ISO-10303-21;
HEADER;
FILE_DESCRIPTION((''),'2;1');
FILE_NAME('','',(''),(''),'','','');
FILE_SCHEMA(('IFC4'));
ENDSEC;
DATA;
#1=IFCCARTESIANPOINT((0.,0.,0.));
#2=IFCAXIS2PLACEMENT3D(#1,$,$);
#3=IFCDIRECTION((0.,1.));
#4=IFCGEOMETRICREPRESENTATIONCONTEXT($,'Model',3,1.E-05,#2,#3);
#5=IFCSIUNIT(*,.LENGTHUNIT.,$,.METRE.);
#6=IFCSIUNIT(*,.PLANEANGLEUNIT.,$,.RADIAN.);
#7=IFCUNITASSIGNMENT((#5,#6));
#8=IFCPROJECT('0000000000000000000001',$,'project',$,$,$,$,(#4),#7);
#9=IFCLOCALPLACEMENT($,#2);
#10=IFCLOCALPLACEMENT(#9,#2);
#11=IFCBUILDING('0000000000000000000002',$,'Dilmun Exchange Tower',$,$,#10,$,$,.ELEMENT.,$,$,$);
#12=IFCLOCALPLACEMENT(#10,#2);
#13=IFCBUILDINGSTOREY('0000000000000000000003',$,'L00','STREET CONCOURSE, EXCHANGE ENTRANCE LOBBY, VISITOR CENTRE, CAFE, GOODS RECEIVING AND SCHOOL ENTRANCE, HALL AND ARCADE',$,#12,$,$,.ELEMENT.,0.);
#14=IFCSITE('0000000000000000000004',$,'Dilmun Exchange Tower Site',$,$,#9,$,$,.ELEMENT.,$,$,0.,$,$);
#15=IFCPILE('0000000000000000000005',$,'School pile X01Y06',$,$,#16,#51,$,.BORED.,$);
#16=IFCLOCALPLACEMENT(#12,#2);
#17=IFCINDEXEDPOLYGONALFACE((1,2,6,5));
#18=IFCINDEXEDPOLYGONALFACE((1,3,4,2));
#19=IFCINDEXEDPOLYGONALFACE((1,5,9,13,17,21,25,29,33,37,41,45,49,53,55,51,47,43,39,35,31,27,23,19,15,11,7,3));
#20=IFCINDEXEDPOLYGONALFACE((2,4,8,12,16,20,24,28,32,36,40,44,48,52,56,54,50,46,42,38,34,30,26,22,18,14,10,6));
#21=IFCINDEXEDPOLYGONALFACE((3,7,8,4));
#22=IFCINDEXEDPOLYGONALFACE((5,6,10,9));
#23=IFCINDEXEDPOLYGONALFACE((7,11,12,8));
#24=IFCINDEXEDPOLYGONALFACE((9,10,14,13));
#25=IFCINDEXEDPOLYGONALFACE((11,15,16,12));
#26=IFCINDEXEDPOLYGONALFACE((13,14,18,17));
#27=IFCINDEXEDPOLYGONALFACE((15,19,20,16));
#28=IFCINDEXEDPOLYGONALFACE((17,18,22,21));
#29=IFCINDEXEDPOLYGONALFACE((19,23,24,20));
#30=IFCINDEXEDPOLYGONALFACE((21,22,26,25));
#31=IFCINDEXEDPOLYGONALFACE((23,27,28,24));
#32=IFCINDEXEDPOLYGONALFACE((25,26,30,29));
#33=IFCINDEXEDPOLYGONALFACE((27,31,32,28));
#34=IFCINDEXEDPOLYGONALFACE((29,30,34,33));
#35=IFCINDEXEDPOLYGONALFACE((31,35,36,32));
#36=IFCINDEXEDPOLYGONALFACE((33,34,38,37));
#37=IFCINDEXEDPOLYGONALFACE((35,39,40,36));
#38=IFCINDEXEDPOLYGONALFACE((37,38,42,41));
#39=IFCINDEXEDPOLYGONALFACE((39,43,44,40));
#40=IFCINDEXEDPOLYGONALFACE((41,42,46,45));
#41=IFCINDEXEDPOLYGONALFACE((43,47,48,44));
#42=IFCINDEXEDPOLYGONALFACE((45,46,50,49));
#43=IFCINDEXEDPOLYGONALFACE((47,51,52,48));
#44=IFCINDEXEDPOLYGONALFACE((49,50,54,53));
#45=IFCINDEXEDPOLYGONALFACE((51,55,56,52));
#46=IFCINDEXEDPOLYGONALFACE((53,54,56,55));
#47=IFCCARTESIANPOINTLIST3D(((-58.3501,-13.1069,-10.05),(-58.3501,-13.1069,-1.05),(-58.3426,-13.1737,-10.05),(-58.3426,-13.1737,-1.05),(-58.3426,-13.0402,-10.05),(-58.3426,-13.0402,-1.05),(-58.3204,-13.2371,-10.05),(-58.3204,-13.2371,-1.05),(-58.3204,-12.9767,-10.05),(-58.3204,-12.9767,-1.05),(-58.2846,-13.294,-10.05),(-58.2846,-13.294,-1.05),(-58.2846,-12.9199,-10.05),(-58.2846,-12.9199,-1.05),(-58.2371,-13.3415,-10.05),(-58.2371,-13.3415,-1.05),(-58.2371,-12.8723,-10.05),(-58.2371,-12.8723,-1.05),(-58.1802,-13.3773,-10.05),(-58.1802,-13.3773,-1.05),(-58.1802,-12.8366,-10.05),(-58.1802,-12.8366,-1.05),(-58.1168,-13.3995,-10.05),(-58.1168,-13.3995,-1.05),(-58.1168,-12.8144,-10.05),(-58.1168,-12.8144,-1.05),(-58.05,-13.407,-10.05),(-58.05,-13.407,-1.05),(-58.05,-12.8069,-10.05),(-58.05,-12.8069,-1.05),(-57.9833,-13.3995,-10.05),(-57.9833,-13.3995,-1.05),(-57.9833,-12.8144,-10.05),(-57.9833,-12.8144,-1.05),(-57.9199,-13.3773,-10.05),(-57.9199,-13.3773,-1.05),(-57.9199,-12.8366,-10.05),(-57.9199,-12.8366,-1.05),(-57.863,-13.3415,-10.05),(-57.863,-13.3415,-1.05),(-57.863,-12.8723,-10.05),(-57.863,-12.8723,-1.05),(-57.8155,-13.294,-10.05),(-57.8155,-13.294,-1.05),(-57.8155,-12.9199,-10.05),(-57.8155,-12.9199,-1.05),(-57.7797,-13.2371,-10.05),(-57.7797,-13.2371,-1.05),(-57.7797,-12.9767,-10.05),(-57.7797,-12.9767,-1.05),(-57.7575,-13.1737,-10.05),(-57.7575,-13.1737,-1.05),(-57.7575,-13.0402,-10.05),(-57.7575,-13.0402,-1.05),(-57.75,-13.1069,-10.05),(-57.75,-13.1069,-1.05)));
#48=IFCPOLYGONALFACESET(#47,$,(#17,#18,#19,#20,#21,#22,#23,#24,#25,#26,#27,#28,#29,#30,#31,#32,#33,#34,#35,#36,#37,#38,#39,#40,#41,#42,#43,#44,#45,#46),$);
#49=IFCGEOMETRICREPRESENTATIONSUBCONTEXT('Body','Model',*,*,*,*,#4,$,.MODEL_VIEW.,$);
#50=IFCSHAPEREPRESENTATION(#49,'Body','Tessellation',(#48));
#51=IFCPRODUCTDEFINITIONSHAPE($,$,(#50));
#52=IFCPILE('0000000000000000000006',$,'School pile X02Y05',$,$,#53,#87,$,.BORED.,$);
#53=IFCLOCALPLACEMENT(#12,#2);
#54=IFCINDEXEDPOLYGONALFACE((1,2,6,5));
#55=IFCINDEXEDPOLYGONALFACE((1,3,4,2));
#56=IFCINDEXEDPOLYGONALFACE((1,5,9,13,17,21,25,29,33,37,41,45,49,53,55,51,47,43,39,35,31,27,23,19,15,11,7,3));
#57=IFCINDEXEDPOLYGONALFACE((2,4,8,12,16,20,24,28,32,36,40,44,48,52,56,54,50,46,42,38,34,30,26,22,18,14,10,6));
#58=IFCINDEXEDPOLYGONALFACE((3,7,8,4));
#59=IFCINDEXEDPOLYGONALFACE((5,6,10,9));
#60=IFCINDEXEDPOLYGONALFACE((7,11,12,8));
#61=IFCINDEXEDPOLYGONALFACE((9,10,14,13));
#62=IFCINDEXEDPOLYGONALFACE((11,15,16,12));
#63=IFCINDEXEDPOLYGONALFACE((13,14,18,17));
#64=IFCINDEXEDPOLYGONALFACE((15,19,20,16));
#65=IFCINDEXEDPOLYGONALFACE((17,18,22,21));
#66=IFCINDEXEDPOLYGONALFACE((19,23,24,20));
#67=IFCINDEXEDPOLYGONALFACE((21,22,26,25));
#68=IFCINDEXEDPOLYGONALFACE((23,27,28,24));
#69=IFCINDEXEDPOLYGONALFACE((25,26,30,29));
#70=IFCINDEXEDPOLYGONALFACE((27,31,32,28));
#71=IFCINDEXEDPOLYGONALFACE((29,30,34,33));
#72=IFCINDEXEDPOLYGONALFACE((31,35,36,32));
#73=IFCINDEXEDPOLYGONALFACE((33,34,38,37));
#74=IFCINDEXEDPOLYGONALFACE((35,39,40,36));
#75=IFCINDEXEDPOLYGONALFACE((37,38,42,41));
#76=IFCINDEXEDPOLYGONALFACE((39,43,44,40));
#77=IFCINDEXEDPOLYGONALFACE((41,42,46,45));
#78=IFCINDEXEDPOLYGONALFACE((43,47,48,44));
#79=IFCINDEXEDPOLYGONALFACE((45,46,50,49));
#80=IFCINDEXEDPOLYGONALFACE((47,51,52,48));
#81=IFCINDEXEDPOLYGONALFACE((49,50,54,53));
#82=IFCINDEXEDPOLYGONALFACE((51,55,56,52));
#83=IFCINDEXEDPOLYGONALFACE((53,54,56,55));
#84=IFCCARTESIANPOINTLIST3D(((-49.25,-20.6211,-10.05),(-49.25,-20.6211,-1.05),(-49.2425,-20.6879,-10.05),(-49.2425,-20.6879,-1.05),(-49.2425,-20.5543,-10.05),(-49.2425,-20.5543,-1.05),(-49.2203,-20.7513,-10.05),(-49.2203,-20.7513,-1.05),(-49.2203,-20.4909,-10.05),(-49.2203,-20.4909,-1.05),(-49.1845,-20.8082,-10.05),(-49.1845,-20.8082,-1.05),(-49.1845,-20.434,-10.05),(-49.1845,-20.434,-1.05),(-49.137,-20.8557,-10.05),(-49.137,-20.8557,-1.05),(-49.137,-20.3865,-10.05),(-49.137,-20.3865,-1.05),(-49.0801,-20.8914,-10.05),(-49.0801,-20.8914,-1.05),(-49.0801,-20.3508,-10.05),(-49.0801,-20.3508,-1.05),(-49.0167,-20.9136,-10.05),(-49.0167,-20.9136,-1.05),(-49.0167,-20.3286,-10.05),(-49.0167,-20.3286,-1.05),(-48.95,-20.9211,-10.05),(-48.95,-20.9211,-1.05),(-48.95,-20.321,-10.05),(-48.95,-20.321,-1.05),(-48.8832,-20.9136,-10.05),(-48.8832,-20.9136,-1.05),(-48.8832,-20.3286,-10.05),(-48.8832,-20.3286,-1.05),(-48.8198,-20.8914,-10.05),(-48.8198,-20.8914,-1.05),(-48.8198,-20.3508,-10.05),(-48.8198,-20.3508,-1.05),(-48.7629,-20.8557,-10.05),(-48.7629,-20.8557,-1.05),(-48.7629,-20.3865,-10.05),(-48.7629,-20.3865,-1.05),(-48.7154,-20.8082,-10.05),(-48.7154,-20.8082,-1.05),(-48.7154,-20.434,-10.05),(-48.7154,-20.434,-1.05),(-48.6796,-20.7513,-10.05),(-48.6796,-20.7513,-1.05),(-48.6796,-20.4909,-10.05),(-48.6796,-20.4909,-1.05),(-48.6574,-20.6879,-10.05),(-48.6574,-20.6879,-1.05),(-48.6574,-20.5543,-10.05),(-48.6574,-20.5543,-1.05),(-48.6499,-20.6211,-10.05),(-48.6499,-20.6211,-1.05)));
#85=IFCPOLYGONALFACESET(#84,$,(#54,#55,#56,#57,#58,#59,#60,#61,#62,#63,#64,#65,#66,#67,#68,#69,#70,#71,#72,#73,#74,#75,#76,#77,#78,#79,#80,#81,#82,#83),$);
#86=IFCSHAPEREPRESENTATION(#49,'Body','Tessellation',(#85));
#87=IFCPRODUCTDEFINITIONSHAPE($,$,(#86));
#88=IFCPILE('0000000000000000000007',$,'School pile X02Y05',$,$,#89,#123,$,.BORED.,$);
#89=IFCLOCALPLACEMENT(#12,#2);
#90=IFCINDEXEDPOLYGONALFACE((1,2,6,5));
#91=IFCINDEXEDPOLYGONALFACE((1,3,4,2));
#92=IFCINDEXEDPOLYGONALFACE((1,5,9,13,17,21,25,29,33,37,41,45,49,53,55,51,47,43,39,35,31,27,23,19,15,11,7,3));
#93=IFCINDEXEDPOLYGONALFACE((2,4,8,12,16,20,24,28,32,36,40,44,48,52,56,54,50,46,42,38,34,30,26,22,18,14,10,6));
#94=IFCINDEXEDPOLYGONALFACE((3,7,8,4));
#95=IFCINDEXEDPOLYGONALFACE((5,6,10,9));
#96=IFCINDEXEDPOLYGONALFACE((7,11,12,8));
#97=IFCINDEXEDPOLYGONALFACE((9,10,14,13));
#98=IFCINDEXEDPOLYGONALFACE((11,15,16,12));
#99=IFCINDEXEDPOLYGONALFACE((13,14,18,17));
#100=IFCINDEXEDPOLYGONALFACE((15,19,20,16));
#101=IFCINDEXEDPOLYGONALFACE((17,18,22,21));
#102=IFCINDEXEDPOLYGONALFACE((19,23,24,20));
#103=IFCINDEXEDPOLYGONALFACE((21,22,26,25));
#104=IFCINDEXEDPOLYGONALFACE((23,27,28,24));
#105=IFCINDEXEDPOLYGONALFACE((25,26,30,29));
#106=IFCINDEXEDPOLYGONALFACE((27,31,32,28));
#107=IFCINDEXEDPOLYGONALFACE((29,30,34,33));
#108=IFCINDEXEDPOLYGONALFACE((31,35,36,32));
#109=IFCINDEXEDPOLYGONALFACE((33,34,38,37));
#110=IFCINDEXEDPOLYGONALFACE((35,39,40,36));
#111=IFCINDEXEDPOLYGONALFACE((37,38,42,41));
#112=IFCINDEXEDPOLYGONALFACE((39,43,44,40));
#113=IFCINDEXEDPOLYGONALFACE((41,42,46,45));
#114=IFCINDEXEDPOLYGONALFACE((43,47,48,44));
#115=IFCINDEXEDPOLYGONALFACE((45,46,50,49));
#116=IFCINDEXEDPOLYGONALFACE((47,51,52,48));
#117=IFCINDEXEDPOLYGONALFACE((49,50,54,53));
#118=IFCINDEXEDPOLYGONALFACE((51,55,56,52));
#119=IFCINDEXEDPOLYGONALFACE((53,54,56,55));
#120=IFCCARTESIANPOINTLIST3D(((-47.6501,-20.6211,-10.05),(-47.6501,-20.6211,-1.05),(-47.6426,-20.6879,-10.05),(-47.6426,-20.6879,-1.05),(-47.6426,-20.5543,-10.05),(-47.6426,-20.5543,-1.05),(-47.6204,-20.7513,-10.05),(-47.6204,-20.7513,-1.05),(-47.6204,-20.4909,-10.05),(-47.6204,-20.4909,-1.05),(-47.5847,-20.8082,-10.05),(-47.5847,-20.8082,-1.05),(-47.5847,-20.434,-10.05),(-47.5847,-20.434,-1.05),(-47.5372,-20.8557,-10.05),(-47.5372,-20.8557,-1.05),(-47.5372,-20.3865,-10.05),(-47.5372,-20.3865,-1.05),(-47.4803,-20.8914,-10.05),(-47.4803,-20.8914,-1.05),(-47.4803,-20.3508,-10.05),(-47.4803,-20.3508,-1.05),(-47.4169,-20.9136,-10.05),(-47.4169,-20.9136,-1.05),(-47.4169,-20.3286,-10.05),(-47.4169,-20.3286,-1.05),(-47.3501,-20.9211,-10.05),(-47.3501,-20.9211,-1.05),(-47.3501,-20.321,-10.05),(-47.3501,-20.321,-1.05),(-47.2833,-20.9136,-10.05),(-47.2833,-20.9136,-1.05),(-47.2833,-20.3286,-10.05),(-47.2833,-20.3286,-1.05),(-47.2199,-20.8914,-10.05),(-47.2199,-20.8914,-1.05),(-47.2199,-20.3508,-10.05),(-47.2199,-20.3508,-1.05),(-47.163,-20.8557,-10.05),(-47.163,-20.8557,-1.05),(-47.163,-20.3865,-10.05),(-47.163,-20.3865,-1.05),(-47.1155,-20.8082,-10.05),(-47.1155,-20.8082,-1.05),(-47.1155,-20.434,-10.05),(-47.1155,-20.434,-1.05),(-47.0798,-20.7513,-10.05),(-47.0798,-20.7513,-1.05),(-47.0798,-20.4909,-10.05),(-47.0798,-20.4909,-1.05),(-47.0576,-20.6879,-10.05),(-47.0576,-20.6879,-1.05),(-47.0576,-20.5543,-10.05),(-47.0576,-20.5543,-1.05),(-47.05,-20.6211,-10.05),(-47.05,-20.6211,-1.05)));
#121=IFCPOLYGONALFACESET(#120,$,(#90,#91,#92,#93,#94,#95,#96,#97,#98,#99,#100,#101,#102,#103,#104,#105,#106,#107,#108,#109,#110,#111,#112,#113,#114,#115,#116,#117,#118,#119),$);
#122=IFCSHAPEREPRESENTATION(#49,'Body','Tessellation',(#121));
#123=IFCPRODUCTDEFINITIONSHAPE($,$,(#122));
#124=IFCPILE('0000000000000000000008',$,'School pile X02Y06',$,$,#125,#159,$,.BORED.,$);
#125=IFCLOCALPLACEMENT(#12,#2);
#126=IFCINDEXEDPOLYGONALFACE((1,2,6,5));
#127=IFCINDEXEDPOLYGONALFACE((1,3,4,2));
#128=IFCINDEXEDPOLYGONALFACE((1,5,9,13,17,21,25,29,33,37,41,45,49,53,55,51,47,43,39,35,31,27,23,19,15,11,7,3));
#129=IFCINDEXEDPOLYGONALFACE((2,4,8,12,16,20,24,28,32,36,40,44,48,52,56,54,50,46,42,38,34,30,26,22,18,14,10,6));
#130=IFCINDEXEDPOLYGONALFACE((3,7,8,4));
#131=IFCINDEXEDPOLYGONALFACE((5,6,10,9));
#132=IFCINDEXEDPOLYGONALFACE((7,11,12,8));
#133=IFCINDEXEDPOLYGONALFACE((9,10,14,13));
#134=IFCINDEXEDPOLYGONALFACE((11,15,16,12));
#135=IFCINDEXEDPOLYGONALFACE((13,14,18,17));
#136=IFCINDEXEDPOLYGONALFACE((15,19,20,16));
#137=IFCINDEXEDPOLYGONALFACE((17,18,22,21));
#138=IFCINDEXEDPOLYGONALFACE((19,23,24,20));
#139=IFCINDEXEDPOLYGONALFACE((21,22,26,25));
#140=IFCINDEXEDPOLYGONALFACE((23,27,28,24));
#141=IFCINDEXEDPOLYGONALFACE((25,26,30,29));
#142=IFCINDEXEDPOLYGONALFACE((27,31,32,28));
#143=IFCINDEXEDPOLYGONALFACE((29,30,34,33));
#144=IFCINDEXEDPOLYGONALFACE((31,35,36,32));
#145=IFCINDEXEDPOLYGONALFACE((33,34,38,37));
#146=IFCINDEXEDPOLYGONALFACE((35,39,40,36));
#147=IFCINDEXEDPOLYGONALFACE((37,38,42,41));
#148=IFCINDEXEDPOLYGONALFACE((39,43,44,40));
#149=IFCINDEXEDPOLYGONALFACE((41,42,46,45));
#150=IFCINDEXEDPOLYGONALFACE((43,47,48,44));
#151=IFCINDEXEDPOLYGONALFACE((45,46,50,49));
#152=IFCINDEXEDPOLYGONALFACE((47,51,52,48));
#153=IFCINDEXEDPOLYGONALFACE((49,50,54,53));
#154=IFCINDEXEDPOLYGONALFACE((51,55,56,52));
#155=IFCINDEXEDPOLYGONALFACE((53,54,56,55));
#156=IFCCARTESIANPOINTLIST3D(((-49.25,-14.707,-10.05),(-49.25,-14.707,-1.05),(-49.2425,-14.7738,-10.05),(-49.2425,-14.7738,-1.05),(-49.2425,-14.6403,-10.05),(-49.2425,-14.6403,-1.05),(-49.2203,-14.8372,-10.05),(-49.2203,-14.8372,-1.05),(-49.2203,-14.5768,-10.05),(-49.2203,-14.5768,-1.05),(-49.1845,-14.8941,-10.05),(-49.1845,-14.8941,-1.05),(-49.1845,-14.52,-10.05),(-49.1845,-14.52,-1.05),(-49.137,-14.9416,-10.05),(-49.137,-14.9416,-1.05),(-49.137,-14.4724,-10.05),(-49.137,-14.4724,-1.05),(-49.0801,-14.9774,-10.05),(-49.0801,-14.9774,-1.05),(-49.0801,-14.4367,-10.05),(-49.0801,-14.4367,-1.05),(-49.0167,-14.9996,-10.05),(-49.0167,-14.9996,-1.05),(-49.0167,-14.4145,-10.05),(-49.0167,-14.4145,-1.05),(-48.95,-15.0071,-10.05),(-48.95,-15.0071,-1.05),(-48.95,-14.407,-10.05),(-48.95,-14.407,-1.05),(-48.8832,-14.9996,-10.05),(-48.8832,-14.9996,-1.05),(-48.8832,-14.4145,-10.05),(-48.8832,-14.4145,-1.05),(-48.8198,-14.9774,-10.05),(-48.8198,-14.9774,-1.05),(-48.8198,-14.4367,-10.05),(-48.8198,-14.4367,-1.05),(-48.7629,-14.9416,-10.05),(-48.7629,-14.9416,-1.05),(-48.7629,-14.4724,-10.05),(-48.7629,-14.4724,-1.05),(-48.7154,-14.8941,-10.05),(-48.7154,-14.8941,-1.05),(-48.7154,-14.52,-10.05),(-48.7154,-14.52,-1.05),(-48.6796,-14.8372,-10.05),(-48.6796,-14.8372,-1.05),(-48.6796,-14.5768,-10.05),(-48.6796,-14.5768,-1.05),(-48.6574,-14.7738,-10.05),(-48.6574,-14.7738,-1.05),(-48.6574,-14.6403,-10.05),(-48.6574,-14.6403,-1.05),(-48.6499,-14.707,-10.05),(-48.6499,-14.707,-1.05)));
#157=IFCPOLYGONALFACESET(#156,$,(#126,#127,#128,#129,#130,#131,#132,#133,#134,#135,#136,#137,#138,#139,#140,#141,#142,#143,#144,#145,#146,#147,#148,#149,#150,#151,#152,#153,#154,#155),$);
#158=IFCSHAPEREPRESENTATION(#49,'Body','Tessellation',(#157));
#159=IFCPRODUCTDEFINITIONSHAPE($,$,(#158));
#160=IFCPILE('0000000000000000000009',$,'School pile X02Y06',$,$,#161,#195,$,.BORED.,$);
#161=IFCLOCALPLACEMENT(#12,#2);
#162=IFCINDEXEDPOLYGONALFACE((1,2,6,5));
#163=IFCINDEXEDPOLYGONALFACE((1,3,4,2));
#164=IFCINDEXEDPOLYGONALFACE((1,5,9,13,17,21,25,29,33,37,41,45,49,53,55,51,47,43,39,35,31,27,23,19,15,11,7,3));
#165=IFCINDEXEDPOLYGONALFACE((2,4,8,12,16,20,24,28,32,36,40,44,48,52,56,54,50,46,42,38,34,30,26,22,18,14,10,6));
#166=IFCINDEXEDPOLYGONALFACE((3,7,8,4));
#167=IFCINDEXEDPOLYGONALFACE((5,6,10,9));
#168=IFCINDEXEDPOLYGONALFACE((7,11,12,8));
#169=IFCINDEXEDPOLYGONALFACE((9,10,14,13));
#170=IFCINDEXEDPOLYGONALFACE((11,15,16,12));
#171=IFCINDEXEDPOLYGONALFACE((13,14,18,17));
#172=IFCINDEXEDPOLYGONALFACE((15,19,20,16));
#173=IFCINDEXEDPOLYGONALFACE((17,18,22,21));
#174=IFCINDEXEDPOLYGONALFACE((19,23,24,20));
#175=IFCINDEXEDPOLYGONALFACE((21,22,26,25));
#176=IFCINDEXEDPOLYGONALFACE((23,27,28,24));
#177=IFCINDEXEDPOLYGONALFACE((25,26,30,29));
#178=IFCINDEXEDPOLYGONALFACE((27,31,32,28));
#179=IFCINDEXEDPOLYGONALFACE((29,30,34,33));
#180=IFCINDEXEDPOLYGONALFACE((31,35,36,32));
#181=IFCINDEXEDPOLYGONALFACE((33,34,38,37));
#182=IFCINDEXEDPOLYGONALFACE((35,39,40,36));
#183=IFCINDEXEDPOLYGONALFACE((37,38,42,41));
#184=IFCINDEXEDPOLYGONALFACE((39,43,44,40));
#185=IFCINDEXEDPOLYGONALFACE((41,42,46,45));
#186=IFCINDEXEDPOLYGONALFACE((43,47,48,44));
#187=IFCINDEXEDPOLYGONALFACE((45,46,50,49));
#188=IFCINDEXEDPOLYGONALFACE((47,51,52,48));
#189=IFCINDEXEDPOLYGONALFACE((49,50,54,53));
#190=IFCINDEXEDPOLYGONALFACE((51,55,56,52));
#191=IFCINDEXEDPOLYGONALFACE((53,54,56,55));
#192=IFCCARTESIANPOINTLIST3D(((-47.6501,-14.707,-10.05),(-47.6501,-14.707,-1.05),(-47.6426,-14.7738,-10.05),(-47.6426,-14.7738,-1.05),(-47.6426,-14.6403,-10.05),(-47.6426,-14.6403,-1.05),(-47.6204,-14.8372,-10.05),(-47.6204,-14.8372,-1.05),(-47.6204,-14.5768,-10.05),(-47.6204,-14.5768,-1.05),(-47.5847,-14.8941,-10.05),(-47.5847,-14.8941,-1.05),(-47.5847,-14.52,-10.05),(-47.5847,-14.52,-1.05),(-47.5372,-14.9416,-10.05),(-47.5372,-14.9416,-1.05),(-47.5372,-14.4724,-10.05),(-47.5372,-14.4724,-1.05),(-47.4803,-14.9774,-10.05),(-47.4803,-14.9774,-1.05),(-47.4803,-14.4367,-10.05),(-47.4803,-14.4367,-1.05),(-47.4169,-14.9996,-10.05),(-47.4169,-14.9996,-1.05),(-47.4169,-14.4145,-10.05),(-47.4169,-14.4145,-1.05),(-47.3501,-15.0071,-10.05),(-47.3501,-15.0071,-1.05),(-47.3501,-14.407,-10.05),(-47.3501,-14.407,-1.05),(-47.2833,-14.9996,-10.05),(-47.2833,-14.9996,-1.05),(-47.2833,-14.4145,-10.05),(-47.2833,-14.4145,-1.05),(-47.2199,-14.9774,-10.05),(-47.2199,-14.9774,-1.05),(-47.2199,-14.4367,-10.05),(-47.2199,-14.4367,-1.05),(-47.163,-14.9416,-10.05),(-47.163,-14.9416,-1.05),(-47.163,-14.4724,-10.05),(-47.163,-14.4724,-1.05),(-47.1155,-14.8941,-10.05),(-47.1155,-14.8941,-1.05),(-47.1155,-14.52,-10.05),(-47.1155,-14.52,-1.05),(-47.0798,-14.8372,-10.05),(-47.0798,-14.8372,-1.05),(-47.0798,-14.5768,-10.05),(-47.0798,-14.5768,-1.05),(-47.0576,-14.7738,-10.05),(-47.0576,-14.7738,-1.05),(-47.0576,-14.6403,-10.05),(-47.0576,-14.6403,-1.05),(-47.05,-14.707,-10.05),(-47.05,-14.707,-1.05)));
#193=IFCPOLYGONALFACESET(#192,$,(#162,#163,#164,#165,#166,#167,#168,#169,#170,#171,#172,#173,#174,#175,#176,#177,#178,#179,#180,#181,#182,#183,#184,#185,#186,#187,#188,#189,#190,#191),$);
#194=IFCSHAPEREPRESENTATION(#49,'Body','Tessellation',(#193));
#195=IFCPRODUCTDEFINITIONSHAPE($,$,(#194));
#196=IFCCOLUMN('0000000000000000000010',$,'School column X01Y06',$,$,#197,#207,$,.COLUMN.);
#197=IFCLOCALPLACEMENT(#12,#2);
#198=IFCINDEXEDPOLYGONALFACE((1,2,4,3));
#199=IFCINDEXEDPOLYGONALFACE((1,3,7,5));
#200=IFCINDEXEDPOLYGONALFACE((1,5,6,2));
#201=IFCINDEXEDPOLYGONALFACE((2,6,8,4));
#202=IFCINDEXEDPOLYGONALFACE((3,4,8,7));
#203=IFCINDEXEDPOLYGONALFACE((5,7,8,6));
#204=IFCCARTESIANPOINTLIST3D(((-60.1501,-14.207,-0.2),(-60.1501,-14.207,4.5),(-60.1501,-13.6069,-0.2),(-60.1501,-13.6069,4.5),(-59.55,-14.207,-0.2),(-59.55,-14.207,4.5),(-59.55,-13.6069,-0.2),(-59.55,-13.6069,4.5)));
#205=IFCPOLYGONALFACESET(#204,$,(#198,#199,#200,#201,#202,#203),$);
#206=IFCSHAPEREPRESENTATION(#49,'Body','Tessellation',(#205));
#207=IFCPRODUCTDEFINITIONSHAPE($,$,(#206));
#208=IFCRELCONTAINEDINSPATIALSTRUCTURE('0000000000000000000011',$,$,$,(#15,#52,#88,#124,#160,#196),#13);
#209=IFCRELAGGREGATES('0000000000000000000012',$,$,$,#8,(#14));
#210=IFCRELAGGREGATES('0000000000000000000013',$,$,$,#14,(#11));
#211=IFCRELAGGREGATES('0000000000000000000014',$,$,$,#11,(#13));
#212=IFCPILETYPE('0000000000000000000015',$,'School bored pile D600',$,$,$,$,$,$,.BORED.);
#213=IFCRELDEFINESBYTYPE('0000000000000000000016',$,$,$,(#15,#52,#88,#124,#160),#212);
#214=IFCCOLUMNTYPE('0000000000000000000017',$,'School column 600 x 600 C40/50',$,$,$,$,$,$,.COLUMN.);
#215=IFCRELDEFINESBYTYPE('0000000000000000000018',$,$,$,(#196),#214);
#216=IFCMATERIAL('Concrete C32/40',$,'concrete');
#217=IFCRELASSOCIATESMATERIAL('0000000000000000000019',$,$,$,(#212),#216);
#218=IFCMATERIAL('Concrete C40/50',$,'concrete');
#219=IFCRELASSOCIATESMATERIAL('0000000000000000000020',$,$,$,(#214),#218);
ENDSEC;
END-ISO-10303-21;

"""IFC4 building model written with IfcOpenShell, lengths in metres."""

from ifc_helpers import new_model, si_unit, direction, frame, origin, origin_2d, place, context, subcontext, project, spatial, rectangle, circle, extrude, material, material_profile, profile_set, type_object, element, save


model = new_model("IFC4")

# Units and contexts
model_context = context("Model", 3, precision=1e-05, world=origin(), true_north=direction((0.0, 1.0)))
body_context = subcontext(model_context, "Body", "Model", "MODEL_VIEW")
ifc_project = project(units=[si_unit("LENGTHUNIT", "METRE"), si_unit("PLANEANGLEUNIT", "RADIAN")], contexts=[model_context])

# Site, building, storey
site_placement = place(None, origin())
site = spatial("IfcSite", under=ifc_project, at=site_placement, Name="Dilmun Exchange Tower Site", CompositionType="ELEMENT", RefElevation=0.0)
building_placement = place(site_placement, origin())
building = spatial("IfcBuilding", under=site, at=building_placement, Name="Dilmun Exchange Tower", CompositionType="ELEMENT")
storey_placement = place(building_placement, origin())
storey = spatial("IfcBuildingStorey", under=building, at=storey_placement, Name="L00", Description="STREET CONCOURSE, EXCHANGE ENTRANCE LOBBY, VISITOR CENTRE, CAFE, GOODS RECEIVING AND SCHOOL ENTRANCE, HALL AND ARCADE", CompositionType="ELEMENT", Elevation=0.0)

# Piles
ifc_material_1 = material(Name="Concrete C32/40", Category="concrete")
ifc_material_profile_1 = material_profile(ifc_material_1, circle(Radius=0.3, at=origin_2d()), Name="D600")
ifc_profile_set_1 = profile_set([ifc_material_profile_1], Name="Concrete C32/40")
pile_type = type_object("IfcPileType", Name="School bored pile D600", PredefinedType="BORED", material=ifc_profile_set_1)
for number, where, z_axis, x_axis, name in (
    (1, (-58.05, -13.1069, -1.05), (0.0, 0.0, -1.0), (1.0, 0.0, 0.0), "School pile X01Y06"),
    (2, (-48.95, -20.6211, -1.05), (0.0, 0.0, -1.0), (1.0, 0.0, 0.0), "School pile X02Y05"),
    (3, (-47.3501, -20.6211, -1.05), (0.0, 0.0, -1.0), (1.0, 0.0, 0.0), "School pile X02Y05"),
    (4, (-48.95, -14.707, -1.05), (0.0, 0.0, -1.0), (1.0, 0.0, 0.0), "School pile X02Y06"),
    (5, (-47.3501, -14.707, -1.05), (0.0, 0.0, -1.0), (1.0, 0.0, 0.0), "School pile X02Y06"),
):
    element("IfcPile", number, at=place(storey_placement, frame(where, z_axis=z_axis, x_axis=x_axis)), inside=storey, type_object=pile_type, Name=name, PredefinedType="BORED", context=body_context, shape_type="SweptSolid", body=[
        extrude(circle(Radius=0.3, at=origin_2d()), origin(), (0.0, 0.0, 1.0), 9.0),
    ])

# Column
ifc_material_2 = material(Name="Concrete C40/50", Category="concrete")
ifc_material_profile_2 = material_profile(ifc_material_2, rectangle(XDim=0.6001, YDim=0.6001, at=origin_2d()), Name="600 x 600")
ifc_profile_set_2 = profile_set([ifc_material_profile_2], Name="Concrete C40/50")
column_type = type_object("IfcColumnType", Name="School column 600 x 600 C40/50", PredefinedType="COLUMN", material=ifc_profile_set_2)
for number, where, z_axis, x_axis, name in (
    (6, (-59.8501, -13.907, -0.2), (0.0, 0.0, 1.0), (1.0, 0.0, 0.0), "School column X01Y06"),
):
    element("IfcColumn", number, at=place(storey_placement, frame(where, z_axis=z_axis, x_axis=x_axis)), inside=storey, type_object=column_type, Name=name, PredefinedType="COLUMN", context=body_context, shape_type="SweptSolid", body=[
        extrude(rectangle(XDim=0.6001, YDim=0.6001, at=origin_2d()), origin(), (0.0, 0.0, 1.0), 4.7),
    ])

save(model, "model.ifc")
